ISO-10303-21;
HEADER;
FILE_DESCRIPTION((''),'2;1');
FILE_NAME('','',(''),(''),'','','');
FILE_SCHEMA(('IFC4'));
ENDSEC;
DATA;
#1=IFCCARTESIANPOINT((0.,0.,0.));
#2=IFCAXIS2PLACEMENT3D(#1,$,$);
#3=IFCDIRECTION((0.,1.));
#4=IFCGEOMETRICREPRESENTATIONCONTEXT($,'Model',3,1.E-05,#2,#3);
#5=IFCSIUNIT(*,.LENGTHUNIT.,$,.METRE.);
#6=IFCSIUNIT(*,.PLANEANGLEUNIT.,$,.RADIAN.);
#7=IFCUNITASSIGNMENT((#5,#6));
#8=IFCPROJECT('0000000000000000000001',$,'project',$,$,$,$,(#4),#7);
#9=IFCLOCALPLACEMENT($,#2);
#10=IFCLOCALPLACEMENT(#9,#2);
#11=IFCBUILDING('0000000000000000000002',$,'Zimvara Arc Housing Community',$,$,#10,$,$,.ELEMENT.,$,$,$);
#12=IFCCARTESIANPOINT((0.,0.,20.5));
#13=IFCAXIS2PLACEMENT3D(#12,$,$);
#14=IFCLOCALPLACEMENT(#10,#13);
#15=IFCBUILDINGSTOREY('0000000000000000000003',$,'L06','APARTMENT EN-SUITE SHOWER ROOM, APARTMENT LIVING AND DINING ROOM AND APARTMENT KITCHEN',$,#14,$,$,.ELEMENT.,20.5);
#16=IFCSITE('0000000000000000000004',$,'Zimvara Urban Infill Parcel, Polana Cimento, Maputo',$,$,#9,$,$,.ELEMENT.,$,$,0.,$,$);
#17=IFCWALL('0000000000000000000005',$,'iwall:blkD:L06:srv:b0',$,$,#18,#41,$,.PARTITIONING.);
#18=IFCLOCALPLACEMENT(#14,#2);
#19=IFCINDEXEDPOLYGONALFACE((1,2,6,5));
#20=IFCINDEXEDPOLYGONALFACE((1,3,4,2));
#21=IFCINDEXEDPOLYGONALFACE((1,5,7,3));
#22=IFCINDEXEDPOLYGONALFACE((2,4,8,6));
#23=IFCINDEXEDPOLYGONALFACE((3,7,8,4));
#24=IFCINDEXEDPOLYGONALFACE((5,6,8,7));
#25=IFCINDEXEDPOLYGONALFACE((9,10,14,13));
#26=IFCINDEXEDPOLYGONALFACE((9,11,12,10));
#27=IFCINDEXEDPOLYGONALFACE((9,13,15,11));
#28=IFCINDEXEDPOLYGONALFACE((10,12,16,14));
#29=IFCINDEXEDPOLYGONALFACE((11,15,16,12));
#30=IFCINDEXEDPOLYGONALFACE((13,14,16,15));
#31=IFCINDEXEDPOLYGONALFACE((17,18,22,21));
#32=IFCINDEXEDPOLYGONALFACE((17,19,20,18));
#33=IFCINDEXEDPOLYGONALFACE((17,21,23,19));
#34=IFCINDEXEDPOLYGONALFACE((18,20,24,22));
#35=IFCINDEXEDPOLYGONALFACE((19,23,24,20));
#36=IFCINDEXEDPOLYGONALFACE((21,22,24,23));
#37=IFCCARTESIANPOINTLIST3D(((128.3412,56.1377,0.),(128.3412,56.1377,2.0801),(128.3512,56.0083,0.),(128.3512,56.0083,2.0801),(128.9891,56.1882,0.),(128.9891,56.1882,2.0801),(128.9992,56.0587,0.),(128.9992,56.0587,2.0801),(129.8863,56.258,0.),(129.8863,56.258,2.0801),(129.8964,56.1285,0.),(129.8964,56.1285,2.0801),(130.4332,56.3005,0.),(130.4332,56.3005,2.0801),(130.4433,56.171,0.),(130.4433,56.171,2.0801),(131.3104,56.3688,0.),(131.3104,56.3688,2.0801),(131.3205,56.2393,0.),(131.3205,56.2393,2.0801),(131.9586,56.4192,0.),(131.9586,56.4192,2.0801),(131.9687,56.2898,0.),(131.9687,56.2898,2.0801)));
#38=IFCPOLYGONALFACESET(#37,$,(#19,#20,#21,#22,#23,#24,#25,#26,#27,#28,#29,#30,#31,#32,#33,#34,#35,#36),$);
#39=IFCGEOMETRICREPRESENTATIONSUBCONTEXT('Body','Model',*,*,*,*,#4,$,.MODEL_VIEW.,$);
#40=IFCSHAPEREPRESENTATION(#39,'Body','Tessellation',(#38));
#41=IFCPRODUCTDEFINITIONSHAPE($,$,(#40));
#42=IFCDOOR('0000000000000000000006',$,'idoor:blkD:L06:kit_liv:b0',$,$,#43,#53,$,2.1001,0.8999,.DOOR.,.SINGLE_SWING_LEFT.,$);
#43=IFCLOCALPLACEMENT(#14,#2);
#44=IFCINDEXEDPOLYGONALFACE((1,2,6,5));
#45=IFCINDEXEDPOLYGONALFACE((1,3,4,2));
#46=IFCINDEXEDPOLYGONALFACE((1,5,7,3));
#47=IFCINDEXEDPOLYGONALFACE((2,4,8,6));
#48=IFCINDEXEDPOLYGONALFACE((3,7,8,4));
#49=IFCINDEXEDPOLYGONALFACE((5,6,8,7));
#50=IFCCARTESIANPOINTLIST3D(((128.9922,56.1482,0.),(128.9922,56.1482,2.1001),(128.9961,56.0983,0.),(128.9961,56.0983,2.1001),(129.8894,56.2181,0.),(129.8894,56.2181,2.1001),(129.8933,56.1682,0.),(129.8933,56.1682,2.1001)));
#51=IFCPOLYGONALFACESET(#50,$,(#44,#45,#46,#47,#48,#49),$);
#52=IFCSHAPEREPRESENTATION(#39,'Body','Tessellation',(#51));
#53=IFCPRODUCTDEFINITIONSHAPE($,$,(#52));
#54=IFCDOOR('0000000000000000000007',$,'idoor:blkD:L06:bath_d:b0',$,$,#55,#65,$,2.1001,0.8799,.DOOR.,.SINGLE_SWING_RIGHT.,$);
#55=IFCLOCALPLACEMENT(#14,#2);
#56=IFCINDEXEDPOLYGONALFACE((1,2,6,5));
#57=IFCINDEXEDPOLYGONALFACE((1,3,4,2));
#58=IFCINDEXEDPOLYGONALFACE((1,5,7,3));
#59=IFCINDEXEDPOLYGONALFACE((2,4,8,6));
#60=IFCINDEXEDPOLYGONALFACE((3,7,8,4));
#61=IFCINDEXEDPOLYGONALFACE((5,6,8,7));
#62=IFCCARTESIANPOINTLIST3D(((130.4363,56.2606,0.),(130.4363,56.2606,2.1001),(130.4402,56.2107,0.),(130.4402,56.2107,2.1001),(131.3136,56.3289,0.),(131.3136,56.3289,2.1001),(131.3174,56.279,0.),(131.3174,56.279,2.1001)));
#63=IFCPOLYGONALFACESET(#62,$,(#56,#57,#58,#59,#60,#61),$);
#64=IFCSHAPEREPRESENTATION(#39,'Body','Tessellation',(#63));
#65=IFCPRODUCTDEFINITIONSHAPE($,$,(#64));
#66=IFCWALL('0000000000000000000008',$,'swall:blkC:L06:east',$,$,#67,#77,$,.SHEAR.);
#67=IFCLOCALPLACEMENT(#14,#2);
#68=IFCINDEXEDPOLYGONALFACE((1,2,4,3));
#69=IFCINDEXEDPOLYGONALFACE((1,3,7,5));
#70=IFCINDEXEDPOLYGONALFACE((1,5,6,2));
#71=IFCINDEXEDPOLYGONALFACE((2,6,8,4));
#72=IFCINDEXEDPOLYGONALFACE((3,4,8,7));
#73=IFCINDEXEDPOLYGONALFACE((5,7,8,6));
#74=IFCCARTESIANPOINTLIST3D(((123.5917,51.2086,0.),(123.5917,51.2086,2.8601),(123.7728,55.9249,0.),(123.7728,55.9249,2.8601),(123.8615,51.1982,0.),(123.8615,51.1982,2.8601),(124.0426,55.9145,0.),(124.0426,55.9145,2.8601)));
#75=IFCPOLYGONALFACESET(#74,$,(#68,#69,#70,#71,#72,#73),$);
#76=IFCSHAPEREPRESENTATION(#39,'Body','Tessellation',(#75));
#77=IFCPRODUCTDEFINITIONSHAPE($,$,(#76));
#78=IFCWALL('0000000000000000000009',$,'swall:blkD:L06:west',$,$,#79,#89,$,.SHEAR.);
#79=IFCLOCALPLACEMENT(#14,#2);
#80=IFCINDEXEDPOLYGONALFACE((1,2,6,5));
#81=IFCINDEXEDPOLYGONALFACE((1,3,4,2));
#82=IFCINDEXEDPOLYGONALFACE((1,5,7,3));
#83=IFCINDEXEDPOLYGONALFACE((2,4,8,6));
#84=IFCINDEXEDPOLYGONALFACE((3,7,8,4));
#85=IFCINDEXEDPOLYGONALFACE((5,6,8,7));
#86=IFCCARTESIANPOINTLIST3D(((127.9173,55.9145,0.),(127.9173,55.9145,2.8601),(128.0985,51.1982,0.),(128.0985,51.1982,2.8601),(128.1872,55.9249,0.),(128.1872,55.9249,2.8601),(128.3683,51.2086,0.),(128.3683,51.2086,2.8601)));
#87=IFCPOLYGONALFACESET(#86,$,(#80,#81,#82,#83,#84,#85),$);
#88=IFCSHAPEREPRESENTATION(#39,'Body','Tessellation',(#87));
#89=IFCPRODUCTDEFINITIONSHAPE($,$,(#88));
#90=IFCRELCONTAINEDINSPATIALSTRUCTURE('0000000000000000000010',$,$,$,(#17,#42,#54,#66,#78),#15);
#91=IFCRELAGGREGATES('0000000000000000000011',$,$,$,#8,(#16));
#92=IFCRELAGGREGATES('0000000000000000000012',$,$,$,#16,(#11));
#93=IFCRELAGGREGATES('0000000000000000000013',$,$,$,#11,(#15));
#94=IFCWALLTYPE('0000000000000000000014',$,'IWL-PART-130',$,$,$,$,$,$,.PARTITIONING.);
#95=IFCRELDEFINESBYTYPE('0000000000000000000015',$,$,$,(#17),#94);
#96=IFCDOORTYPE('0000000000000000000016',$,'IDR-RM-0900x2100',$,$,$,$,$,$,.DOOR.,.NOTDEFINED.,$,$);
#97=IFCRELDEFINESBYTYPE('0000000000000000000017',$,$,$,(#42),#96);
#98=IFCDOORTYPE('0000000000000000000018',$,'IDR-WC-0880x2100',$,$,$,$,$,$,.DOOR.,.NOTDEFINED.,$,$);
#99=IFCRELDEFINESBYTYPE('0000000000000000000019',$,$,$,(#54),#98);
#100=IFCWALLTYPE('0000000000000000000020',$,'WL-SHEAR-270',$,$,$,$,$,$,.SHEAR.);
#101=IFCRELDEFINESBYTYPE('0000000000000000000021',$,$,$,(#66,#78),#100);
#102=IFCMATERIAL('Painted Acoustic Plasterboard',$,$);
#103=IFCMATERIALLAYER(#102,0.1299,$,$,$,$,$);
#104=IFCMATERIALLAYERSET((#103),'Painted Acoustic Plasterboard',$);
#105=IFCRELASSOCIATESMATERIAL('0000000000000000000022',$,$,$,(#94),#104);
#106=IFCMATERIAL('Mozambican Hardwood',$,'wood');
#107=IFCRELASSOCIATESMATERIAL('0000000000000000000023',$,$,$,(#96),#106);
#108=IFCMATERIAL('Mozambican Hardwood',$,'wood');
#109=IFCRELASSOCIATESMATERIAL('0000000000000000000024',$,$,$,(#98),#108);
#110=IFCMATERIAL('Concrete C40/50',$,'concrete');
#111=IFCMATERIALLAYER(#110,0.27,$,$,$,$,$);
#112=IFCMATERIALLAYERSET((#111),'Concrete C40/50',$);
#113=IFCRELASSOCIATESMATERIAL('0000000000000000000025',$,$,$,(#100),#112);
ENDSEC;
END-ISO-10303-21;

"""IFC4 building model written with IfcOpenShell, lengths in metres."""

from ifc_helpers import new_model, si_unit, direction, frame, frame_2d, origin, place, context, subcontext, project, spatial, rectangle, extrude, material, layer, layer_set, type_object, element, fill, save


model = new_model("IFC4")

# Units and contexts
model_context = context("Model", 3, precision=1e-05, world=origin(), true_north=direction((0.0, 1.0)))
body_context = subcontext(model_context, "Body", "Model", "MODEL_VIEW")
ifc_project = project(units=[si_unit("LENGTHUNIT", "METRE"), si_unit("PLANEANGLEUNIT", "RADIAN")], contexts=[model_context])

# Site, building, storey
site_placement = place(None, origin())
site = spatial("IfcSite", under=ifc_project, at=site_placement, Name="Zimvara Urban Infill Parcel, Polana Cimento, Maputo", CompositionType="ELEMENT", RefElevation=0.0)
building_placement = place(site_placement, origin())
building = spatial("IfcBuilding", under=site, at=building_placement, Name="Zimvara Arc Housing Community", CompositionType="ELEMENT")
storey_placement = place(building_placement, frame((0.0, 0.0, 20.5)))
storey = spatial("IfcBuildingStorey", under=building, at=storey_placement, Name="L06", Description="APARTMENT EN-SUITE SHOWER ROOM, APARTMENT LIVING AND DINING ROOM AND APARTMENT KITCHEN", CompositionType="ELEMENT", Elevation=20.5)

# Wall, openings, doors
ifc_material_1 = material(Name="Painted Acoustic Plasterboard")
ifc_layer_1 = layer(ifc_material_1, 0.1299)
ifc_layer_set_1 = layer_set([ifc_layer_1], Name="Painted Acoustic Plasterboard")
wall_type_1 = type_object("IfcWallType", Name="IWL-PART-130", PredefinedType="PARTITIONING", material=ifc_layer_set_1)
wall_1_placement = place(storey_placement, frame((128.3462, 56.073, 0.0), z_axis=(0.0, 0.0, 1.0), x_axis=(0.996986, 0.077581, 0.0)))
wall_1 = element("IfcWall", 1, at=wall_1_placement, inside=storey, type_object=wall_type_1, Name="iwall:blkD:L06:srv:b0", PredefinedType="PARTITIONING", context=body_context, shape_type="SweptSolid", body=[
    extrude(rectangle(XDim=3.6284, YDim=0.1299, at=frame_2d((1.8142, 0.0))), origin(), (0.0, 0.0, 1.0), 2.0801),
])
opening_1_placement = place(wall_1_placement, frame((0.6499, 0.0, 0.0)))
opening_1 = element("IfcOpeningElement", 2, at=opening_1_placement, cuts=wall_1, PredefinedType="OPENING", context=body_context, shape_type="SweptSolid", body=[
    extrude(rectangle(XDim=0.8999, YDim=2.1001, at=frame_2d((0.45, 1.05))), frame((0.0, 0.075, 0.0), z_axis=(0.0, -1.0, 0.0), x_axis=(1.0, 0.0, 0.0)), (0.0, 0.0, 1.0), 0.1499),
])
opening_2_placement = place(wall_1_placement, frame((2.0984, 0.0, 0.0)))
opening_2 = element("IfcOpeningElement", 3, at=opening_2_placement, cuts=wall_1, PredefinedType="OPENING", context=body_context, shape_type="SweptSolid", body=[
    extrude(rectangle(XDim=0.8799, YDim=2.1001, at=frame_2d((0.4399, 1.05))), frame((0.0, 0.075, 0.0), z_axis=(0.0, -1.0, 0.0), x_axis=(1.0, 0.0, 0.0)), (0.0, 0.0, 1.0), 0.1499),
])
ifc_material_2 = material(Name="Mozambican Hardwood", Category="wood")
door_type_1 = type_object("IfcDoorType", Name="IDR-RM-0900x2100", OperationType="NOTDEFINED", PredefinedType="DOOR", material=ifc_material_2)
door_1_placement = place(opening_1_placement, origin())
door_1 = element("IfcDoor", 4, at=door_1_placement, inside=storey, type_object=door_type_1, Name="idoor:blkD:L06:kit_liv:b0", OperationType="SINGLE_SWING_LEFT", OverallHeight=2.1001, OverallWidth=0.8999, PredefinedType="DOOR", context=body_context, shape_type="SweptSolid", body=[
    extrude(rectangle(XDim=0.8999, YDim=2.1001, at=frame_2d((0.45, 1.05))), frame((0.0, 0.0249, 0.0), z_axis=(0.0, -1.0, 0.0), x_axis=(1.0, 0.0, 0.0)), (0.0, 0.0, 1.0), 0.05),
])
fill(opening_1, door_1)
ifc_material_3 = material(Name="Mozambican Hardwood", Category="wood")
door_type_2 = type_object("IfcDoorType", Name="IDR-WC-0880x2100", OperationType="NOTDEFINED", PredefinedType="DOOR", material=ifc_material_3)
door_2_placement = place(opening_2_placement, origin())
door_2 = element("IfcDoor", 5, at=door_2_placement, inside=storey, type_object=door_type_2, Name="idoor:blkD:L06:bath_d:b0", OperationType="SINGLE_SWING_RIGHT", OverallHeight=2.1001, OverallWidth=0.8799, PredefinedType="DOOR", context=body_context, shape_type="SweptSolid", body=[
    extrude(rectangle(XDim=0.8799, YDim=2.1001, at=frame_2d((0.4399, 1.05))), frame((0.0, 0.0249, 0.0), z_axis=(0.0, -1.0, 0.0), x_axis=(1.0, 0.0, 0.0)), (0.0, 0.0, 1.0), 0.05),
])
fill(opening_2, door_2)

# Walls
ifc_material_4 = material(Name="Concrete C40/50", Category="concrete")
ifc_layer_2 = layer(ifc_material_4, 0.27)
ifc_layer_set_2 = layer_set([ifc_layer_2], Name="Concrete C40/50")
wall_type_2 = type_object("IfcWallType", Name="WL-SHEAR-270", PredefinedType="SHEAR", material=ifc_layer_set_2)
for number, where, z_axis, x_axis, name in (
    (6, (123.9077, 55.9197, 0.0), (0.0, 0.0, 1.0), (-0.038381, -0.999263, 0.0), "swall:blkC:L06:east"),
    (7, (128.0522, 55.9197, 0.0), (0.0, 0.0, 1.0), (0.038381, -0.999263, 0.0), "swall:blkD:L06:west"),
):
    element("IfcWall", number, at=place(storey_placement, frame(where, z_axis=z_axis, x_axis=x_axis)), inside=storey, type_object=wall_type_2, Name=name, PredefinedType="SHEAR", context=body_context, shape_type="SweptSolid", body=[
        extrude(rectangle(XDim=4.7197, YDim=0.27, at=frame_2d((2.3599, 0.0))), origin(), (0.0, 0.0, 1.0), 2.8601),
    ])

save(model, "model.ifc")
